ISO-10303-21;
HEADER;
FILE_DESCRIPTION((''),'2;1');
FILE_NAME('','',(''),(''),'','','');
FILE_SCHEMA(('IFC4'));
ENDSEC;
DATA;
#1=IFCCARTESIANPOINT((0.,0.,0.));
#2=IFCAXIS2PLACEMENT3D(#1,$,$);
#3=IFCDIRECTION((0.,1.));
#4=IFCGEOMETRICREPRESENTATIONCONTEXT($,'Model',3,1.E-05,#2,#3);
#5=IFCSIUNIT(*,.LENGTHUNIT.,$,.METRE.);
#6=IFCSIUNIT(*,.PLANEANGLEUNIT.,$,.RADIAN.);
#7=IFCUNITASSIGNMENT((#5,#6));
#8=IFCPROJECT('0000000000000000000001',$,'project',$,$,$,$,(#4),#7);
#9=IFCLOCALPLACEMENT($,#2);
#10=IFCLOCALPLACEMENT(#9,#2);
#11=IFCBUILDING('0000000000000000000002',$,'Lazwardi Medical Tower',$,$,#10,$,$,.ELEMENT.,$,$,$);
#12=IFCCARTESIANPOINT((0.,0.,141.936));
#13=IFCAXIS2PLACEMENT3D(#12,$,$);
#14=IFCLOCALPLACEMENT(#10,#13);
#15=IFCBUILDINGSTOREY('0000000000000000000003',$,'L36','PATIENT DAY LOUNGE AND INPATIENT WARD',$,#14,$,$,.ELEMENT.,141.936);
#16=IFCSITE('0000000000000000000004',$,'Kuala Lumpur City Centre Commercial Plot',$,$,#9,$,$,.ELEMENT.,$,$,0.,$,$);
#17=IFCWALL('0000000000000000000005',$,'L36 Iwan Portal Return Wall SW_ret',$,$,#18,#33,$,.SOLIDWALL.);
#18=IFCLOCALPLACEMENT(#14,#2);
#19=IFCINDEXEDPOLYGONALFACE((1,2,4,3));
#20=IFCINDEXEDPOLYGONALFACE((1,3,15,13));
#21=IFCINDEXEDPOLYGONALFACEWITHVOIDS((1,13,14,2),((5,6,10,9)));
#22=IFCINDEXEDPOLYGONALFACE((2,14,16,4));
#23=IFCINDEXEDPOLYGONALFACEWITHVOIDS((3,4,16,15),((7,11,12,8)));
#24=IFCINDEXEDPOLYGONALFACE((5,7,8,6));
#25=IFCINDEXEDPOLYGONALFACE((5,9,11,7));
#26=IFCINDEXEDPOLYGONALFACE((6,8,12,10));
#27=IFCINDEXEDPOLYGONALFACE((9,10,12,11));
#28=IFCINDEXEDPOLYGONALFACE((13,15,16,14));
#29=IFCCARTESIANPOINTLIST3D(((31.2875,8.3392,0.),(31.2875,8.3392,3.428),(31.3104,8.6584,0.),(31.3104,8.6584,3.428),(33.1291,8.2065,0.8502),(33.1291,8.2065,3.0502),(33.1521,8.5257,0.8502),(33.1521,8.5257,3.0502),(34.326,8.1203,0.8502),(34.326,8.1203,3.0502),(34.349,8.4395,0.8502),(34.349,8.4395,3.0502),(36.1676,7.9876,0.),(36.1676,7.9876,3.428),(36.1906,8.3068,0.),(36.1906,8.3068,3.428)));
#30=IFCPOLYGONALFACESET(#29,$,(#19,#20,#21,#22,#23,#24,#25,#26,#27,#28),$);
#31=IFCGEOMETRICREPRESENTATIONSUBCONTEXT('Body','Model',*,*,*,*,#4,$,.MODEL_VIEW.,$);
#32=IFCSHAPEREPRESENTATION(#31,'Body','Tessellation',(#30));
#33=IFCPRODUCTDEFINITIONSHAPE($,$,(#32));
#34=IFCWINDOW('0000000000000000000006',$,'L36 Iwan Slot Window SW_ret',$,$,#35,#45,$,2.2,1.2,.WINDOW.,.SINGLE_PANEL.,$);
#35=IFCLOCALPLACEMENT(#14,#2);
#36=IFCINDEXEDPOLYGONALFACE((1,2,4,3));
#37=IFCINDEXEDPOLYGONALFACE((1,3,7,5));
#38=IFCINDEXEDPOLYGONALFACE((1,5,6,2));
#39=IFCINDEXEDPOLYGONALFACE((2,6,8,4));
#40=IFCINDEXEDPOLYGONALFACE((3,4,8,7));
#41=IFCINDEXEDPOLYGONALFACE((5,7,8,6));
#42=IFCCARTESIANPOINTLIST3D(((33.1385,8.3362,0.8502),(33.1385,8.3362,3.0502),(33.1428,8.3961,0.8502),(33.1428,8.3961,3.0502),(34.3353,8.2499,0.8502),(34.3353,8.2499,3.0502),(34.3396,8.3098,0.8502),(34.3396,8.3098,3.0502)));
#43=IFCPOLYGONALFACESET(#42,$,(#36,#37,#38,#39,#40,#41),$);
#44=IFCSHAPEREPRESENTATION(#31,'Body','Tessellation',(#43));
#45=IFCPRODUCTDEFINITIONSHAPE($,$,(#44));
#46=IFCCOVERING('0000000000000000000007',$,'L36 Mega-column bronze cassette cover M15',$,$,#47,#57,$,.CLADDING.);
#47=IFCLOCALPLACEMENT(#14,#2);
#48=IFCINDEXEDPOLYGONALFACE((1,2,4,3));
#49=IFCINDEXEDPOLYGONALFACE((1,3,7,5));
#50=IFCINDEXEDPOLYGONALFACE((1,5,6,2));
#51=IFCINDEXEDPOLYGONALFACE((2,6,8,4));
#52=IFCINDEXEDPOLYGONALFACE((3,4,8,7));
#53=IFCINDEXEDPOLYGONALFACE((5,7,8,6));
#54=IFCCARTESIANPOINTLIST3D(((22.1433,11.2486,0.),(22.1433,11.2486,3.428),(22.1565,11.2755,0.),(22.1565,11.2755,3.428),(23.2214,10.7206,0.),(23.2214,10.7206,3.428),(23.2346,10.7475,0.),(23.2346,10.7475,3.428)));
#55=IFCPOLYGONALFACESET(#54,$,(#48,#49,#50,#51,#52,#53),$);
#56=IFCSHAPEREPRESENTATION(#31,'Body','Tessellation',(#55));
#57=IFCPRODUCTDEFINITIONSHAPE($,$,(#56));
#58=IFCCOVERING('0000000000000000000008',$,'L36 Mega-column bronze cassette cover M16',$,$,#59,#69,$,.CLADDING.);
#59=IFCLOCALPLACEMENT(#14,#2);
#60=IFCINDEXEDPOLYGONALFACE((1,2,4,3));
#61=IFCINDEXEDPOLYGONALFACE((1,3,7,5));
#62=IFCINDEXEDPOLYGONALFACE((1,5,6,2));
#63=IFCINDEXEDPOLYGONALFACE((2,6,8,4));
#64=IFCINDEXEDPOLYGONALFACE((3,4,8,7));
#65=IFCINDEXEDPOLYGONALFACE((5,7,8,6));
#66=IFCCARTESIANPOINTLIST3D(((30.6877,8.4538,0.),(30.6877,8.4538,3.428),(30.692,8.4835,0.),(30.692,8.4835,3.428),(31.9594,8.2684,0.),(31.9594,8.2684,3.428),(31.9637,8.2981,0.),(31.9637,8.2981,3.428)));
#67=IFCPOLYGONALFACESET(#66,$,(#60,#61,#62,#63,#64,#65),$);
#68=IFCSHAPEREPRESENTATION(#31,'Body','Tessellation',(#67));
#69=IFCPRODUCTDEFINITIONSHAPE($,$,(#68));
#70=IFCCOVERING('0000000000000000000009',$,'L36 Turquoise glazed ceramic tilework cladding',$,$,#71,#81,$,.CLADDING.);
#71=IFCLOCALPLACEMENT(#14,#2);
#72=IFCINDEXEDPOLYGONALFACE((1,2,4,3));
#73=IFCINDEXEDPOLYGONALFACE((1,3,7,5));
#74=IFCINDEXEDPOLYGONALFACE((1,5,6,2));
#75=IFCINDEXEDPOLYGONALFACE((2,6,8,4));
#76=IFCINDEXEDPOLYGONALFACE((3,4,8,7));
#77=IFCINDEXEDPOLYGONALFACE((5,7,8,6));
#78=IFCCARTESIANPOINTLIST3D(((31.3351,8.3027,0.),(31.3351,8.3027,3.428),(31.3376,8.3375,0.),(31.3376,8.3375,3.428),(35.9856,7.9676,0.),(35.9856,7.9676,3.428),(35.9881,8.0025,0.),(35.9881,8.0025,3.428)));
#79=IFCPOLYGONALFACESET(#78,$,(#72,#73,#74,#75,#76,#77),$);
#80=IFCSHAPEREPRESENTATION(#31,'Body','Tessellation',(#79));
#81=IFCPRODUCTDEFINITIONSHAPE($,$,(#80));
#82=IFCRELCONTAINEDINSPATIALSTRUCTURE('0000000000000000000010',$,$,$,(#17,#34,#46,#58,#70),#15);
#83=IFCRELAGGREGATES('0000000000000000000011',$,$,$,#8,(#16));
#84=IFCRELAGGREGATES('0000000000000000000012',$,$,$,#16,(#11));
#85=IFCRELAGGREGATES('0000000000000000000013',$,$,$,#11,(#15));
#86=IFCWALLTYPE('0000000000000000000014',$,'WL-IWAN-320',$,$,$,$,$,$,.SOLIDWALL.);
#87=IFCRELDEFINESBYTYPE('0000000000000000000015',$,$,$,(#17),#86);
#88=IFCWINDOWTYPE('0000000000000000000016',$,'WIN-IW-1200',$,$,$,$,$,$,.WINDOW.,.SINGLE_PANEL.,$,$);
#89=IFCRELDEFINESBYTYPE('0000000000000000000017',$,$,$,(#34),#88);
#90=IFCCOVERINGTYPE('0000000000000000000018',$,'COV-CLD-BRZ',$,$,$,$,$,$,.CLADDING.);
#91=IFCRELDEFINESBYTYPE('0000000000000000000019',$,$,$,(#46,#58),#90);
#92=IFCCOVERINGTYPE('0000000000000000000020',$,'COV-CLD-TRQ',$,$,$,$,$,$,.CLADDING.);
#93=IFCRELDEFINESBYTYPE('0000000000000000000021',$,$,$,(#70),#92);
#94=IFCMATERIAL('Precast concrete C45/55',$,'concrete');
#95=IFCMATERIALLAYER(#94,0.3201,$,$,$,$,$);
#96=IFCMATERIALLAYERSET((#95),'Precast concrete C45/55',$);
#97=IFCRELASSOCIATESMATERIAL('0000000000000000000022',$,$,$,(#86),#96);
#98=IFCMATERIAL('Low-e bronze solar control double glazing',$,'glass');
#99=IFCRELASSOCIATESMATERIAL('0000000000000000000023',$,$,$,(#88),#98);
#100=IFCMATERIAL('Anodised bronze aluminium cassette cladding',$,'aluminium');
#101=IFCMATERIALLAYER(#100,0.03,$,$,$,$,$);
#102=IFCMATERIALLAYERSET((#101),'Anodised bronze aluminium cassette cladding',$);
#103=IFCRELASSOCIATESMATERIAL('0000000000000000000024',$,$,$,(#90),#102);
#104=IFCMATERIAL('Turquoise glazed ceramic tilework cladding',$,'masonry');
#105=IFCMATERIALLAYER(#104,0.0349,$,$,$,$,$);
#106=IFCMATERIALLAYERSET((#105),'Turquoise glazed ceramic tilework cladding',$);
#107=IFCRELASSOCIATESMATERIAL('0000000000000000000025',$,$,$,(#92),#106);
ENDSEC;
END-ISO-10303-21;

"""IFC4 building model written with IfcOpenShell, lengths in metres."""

from ifc_helpers import new_model, si_unit, direction, frame, frame_2d, origin, origin_2d, place, context, subcontext, project, spatial, rectangle, extrude, material, layer, layer_set, type_object, element, fill, save


model = new_model("IFC4")

# Units and contexts
model_context = context("Model", 3, precision=1e-05, world=origin(), true_north=direction((0.0, 1.0)))
body_context = subcontext(model_context, "Body", "Model", "MODEL_VIEW")
ifc_project = project(units=[si_unit("LENGTHUNIT", "METRE"), si_unit("PLANEANGLEUNIT", "RADIAN")], contexts=[model_context])

# Site, building, storey
site_placement = place(None, origin())
site = spatial("IfcSite", under=ifc_project, at=site_placement, Name="Kuala Lumpur City Centre Commercial Plot", CompositionType="ELEMENT", RefElevation=0.0)
building_placement = place(site_placement, origin())
building = spatial("IfcBuilding", under=site, at=building_placement, Name="Lazwardi Medical Tower", CompositionType="ELEMENT")
storey_placement = place(building_placement, frame((0.0, 0.0, 141.936)))
storey = spatial("IfcBuildingStorey", under=building, at=storey_placement, Name="L36", Description="PATIENT DAY LOUNGE AND INPATIENT WARD", CompositionType="ELEMENT", Elevation=141.936)

# Shared definitions
ifc_material_1 = material(Name="Low-e bronze solar control double glazing", Category="glass")

# Wall, opening, window
ifc_material_2 = material(Name="Precast concrete C45/55", Category="concrete")
ifc_layer_1 = layer(ifc_material_2, 0.3201)
ifc_layer_set_1 = layer_set([ifc_layer_1], Name="Precast concrete C45/55")
wall_type = type_object("IfcWallType", Name="WL-IWAN-320", PredefinedType="SOLIDWALL", material=ifc_layer_set_1)
wall_placement = place(storey_placement, frame((31.2991, 8.4988, 0.0), z_axis=(0.0, 0.0, 1.0), x_axis=(0.997415, -0.071853, 0.0)))
wall = element("IfcWall", 1, at=wall_placement, inside=storey, type_object=wall_type, Name="L36 Iwan Portal Return Wall SW_ret", PredefinedType="SOLIDWALL", context=body_context, shape_type="SweptSolid", body=[
    extrude(rectangle(XDim=4.8928, YDim=0.3201, at=frame_2d((2.4463, 0.0))), origin(), (0.0, 0.0, 1.0), 3.428),
])
opening_placement = place(wall_placement, frame((1.8462, 0.0, 0.8501)))
opening = element("IfcOpeningElement", 2, at=opening_placement, cuts=wall, PredefinedType="OPENING", context=body_context, shape_type="SweptSolid", body=[
    extrude(rectangle(XDim=1.2, YDim=2.2, at=frame_2d((0.6001, 1.1001))), frame((0.0, 0.1699, 0.0), z_axis=(0.0, -1.0, 0.0), x_axis=(1.0, 0.0, 0.0)), (0.0, 0.0, 1.0), 0.3401),
])
window_type = type_object("IfcWindowType", Name="WIN-IW-1200", PartitioningType="SINGLE_PANEL", PredefinedType="WINDOW", material=ifc_material_1)
window_placement = place(opening_placement, origin())
window = element("IfcWindow", 3, at=window_placement, inside=storey, type_object=window_type, Name="L36 Iwan Slot Window SW_ret", OverallHeight=2.2, OverallWidth=1.2, PartitioningType="SINGLE_PANEL", PredefinedType="WINDOW", context=body_context, shape_type="SweptSolid", body=[
    extrude(rectangle(XDim=1.2, YDim=2.2, at=frame_2d((0.6001, 1.1001))), frame((0.0, 0.03, 0.0), z_axis=(0.0, -1.0, 0.0), x_axis=(1.0, 0.0, 0.0)), (0.0, 0.0, 1.0), 0.0601),
])
fill(opening, window)

# Coverings
ifc_material_3 = material(Name="Anodised bronze aluminium cassette cladding", Category="aluminium")
ifc_layer_2 = layer(ifc_material_3, 0.03)
ifc_layer_set_2 = layer_set([ifc_layer_2], Name="Anodised bronze aluminium cassette cladding")
covering_type_1 = type_object("IfcCoveringType", Name="COV-CLD-BRZ", PredefinedType="CLADDING", material=ifc_layer_set_2)
covering_1_placement = place(storey_placement, frame((22.689, 10.998, 0.0), z_axis=(0.0, 0.0, 1.0), x_axis=(0.898079, -0.439834, 0.0)))
element("IfcCovering", 4, at=covering_1_placement, inside=storey, type_object=covering_type_1, Name="L36 Mega-column bronze cassette cover M15", PredefinedType="CLADDING", context=body_context, shape_type="SweptSolid", body=[
    extrude(rectangle(XDim=1.2004, YDim=0.03, at=origin_2d()), origin(), (0.0, 0.0, 1.0), 3.428),
])
covering_2_placement = place(storey_placement, frame((31.3257, 8.376, 0.0), z_axis=(0.0, 0.0, 1.0), x_axis=(0.989539, -0.144265, 0.0)))
element("IfcCovering", 5, at=covering_2_placement, inside=storey, type_object=covering_type_1, Name="L36 Mega-column bronze cassette cover M16", PredefinedType="CLADDING", context=body_context, shape_type="SweptSolid", body=[
    extrude(rectangle(XDim=1.2852, YDim=0.03, at=origin_2d()), origin(), (0.0, 0.0, 1.0), 3.428),
])
ifc_material_4 = material(Name="Turquoise glazed ceramic tilework cladding", Category="masonry")
ifc_layer_3 = layer(ifc_material_4, 0.0349)
ifc_layer_set_3 = layer_set([ifc_layer_3], Name="Turquoise glazed ceramic tilework cladding")
covering_type_2 = type_object("IfcCoveringType", Name="COV-CLD-TRQ", PredefinedType="CLADDING", material=ifc_layer_set_3)
covering_3_placement = place(storey_placement, frame((33.6616, 8.1526, 0.0), z_axis=(0.0, 0.0, 1.0), x_axis=(0.997414, -0.071868, 0.0)))
element("IfcCovering", 6, at=covering_3_placement, inside=storey, type_object=covering_type_2, Name="L36 Turquoise glazed ceramic tilework cladding", PredefinedType="CLADDING", context=body_context, shape_type="SweptSolid", body=[
    extrude(rectangle(XDim=4.6626, YDim=0.0349, at=origin_2d()), origin(), (0.0, 0.0, 1.0), 3.428),
])

save(model, "model.ifc")
